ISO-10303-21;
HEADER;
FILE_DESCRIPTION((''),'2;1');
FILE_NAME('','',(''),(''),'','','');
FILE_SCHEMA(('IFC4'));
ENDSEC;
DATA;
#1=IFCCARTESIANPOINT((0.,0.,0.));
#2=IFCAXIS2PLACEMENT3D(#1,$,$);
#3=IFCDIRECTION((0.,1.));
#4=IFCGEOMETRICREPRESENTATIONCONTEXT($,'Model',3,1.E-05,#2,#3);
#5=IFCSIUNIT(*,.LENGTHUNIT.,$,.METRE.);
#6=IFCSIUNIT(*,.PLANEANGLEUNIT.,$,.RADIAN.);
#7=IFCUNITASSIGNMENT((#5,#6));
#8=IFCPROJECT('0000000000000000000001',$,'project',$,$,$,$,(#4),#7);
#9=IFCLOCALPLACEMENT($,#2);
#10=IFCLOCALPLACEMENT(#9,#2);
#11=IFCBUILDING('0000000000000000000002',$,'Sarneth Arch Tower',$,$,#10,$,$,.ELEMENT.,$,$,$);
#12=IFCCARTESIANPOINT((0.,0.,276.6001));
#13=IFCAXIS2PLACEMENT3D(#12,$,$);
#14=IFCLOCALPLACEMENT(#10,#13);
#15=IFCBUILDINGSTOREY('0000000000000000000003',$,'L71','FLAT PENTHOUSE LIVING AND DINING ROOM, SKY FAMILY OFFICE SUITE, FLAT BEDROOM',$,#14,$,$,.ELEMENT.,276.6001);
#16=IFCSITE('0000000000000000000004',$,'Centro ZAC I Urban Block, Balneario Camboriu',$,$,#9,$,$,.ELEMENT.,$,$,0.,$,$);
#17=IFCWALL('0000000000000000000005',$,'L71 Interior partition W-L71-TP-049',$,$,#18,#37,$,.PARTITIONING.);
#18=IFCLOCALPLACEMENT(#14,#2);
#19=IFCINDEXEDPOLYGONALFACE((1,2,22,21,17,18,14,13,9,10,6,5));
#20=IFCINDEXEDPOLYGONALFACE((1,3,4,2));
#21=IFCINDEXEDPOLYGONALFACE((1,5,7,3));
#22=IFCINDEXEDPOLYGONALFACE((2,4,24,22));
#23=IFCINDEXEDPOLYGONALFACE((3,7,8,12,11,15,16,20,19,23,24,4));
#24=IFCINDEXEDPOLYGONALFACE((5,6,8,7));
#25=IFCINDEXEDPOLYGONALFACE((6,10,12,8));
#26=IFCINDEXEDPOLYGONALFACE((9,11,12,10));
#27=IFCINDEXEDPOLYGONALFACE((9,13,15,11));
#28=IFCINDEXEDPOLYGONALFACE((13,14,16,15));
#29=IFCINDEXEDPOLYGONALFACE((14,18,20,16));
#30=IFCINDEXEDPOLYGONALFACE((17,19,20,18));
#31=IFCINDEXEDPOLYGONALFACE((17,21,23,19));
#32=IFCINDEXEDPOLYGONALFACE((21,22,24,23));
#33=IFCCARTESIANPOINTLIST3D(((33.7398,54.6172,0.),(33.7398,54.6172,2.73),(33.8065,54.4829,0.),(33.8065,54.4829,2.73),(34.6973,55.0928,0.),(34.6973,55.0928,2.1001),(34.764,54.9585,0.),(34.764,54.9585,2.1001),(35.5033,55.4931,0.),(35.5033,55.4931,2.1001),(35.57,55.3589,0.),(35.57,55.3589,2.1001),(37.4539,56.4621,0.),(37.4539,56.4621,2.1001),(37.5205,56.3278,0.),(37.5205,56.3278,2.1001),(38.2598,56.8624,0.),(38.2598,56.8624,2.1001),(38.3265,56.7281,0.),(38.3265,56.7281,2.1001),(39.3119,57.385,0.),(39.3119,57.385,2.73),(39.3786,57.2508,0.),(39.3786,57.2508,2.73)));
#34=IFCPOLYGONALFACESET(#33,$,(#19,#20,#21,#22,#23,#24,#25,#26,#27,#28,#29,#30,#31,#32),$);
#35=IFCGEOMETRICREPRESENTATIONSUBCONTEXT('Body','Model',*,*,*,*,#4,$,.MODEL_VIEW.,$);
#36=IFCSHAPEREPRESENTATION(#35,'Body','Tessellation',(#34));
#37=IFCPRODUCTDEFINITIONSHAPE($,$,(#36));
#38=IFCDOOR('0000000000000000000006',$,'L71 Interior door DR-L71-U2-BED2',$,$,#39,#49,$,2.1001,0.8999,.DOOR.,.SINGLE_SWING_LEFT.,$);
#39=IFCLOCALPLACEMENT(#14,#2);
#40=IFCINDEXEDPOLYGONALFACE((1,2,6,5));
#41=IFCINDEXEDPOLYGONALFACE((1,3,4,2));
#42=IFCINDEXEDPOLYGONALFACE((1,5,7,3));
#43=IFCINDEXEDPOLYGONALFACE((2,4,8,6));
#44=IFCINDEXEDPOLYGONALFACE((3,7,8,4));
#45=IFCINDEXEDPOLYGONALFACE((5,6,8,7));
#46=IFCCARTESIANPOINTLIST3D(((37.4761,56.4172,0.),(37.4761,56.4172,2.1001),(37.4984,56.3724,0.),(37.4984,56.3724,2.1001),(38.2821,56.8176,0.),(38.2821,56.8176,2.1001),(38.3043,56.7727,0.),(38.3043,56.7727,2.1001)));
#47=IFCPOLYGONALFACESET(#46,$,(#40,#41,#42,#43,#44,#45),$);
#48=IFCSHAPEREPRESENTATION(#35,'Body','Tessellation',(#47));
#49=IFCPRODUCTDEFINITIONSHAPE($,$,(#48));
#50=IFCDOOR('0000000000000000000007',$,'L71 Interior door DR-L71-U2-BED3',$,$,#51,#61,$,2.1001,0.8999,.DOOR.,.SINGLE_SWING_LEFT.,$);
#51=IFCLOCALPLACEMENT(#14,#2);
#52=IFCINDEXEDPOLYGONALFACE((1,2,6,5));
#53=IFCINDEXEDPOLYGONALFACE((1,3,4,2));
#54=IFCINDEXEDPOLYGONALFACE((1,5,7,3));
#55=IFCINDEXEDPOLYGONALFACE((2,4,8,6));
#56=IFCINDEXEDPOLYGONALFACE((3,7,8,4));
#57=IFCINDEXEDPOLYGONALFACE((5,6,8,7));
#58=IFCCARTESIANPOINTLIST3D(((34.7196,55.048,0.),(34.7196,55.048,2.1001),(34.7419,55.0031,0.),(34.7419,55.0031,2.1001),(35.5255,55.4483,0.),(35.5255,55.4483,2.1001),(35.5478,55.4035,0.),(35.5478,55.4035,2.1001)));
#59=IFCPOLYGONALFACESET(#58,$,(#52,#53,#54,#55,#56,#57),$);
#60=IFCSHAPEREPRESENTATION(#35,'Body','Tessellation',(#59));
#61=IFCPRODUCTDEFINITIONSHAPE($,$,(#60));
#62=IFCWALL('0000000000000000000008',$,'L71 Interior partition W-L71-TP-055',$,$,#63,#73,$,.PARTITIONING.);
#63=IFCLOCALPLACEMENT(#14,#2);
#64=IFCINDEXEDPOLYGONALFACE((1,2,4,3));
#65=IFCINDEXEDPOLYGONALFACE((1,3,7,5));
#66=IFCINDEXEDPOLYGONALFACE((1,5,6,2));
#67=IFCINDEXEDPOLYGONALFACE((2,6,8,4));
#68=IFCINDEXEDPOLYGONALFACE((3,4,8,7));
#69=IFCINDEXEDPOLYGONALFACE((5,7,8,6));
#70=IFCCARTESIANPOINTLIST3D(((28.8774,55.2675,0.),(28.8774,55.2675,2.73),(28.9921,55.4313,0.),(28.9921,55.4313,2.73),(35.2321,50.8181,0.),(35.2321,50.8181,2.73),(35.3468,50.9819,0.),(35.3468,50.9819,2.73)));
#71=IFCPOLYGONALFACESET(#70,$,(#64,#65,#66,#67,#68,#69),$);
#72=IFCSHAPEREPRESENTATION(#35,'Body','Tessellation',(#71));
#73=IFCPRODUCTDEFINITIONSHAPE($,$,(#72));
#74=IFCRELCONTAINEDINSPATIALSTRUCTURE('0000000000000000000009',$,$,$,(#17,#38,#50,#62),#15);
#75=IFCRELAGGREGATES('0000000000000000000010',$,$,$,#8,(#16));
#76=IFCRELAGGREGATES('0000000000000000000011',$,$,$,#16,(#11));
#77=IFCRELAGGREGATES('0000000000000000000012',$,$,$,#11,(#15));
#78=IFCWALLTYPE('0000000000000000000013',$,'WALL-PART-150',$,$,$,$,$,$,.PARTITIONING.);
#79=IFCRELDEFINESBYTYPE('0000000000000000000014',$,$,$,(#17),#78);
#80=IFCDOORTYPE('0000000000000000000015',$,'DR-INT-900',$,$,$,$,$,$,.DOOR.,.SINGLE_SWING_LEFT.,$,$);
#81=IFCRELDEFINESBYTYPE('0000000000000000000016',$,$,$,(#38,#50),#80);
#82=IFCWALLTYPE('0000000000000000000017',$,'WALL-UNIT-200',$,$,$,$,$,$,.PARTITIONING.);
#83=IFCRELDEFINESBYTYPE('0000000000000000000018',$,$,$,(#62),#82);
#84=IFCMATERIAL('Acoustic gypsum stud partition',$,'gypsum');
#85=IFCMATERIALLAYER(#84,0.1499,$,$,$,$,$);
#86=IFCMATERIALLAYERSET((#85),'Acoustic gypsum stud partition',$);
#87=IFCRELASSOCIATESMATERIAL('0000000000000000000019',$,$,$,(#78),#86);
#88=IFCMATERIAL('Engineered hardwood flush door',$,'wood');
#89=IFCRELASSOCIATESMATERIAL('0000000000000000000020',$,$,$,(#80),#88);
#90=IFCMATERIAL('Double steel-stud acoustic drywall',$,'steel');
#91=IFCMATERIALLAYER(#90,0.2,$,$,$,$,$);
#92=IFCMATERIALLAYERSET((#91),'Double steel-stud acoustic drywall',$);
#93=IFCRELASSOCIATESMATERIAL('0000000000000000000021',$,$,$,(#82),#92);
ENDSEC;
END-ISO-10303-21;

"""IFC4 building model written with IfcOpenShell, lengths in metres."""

from ifc_helpers import new_model, si_unit, direction, frame, frame_2d, origin, place, context, subcontext, project, spatial, rectangle, extrude, material, layer, layer_set, type_object, element, fill, save


model = new_model("IFC4")

# Units and contexts
model_context = context("Model", 3, precision=1e-05, world=origin(), true_north=direction((0.0, 1.0)))
body_context = subcontext(model_context, "Body", "Model", "MODEL_VIEW")
ifc_project = project(units=[si_unit("LENGTHUNIT", "METRE"), si_unit("PLANEANGLEUNIT", "RADIAN")], contexts=[model_context])

# Site, building, storey
site_placement = place(None, origin())
site = spatial("IfcSite", under=ifc_project, at=site_placement, Name="Centro ZAC I Urban Block, Balneario Camboriu", CompositionType="ELEMENT", RefElevation=0.0)
building_placement = place(site_placement, origin())
building = spatial("IfcBuilding", under=site, at=building_placement, Name="Sarneth Arch Tower", CompositionType="ELEMENT")
storey_placement = place(building_placement, frame((0.0, 0.0, 276.6001)))
storey = spatial("IfcBuildingStorey", under=building, at=storey_placement, Name="L71", Description="FLAT PENTHOUSE LIVING AND DINING ROOM, SKY FAMILY OFFICE SUITE, FLAT BEDROOM", CompositionType="ELEMENT", Elevation=276.6001)

# Wall, openings, doors
ifc_material_1 = material(Name="Acoustic gypsum stud partition", Category="gypsum")
ifc_layer_1 = layer(ifc_material_1, 0.1499)
ifc_layer_set_1 = layer_set([ifc_layer_1], Name="Acoustic gypsum stud partition")
wall_type_1 = type_object("IfcWallType", Name="WALL-PART-150", PredefinedType="PARTITIONING", material=ifc_layer_set_1)
wall_1_placement = place(storey_placement, frame((33.7732, 54.55, 0.0), z_axis=(0.0, 0.0, 1.0), x_axis=(0.895594, 0.444873, 0.0)))
wall_1 = element("IfcWall", 1, at=wall_1_placement, inside=storey, type_object=wall_type_1, Name="L71 Interior partition W-L71-TP-049", PredefinedType="PARTITIONING", context=body_context, shape_type="SweptSolid", body=[
    extrude(rectangle(XDim=6.2217, YDim=0.1499, at=frame_2d((3.1108, 0.0))), origin(), (0.0, 0.0, 1.0), 2.73),
])
opening_1_placement = place(wall_1_placement, frame((4.147, 0.0, 0.0)))
opening_1 = element("IfcOpeningElement", 2, at=opening_1_placement, cuts=wall_1, PredefinedType="OPENING", context=body_context, shape_type="SweptSolid", body=[
    extrude(rectangle(XDim=0.8999, YDim=2.1001, at=frame_2d((0.45, 1.05))), frame((0.0, 0.085, 0.0), z_axis=(0.0, -1.0, 0.0), x_axis=(1.0, 0.0, 0.0)), (0.0, 0.0, 1.0), 0.1699),
])
opening_2_placement = place(wall_1_placement, frame((1.0691, 0.0, 0.0)))
opening_2 = element("IfcOpeningElement", 3, at=opening_2_placement, cuts=wall_1, PredefinedType="OPENING", context=body_context, shape_type="SweptSolid", body=[
    extrude(rectangle(XDim=0.8999, YDim=2.1001, at=frame_2d((0.45, 1.05))), frame((0.0, 0.085, 0.0), z_axis=(0.0, -1.0, 0.0), x_axis=(1.0, 0.0, 0.0)), (0.0, 0.0, 1.0), 0.1699),
])
ifc_material_2 = material(Name="Engineered hardwood flush door", Category="wood")
door_type_1 = type_object("IfcDoorType", Name="DR-INT-900", OperationType="SINGLE_SWING_LEFT", PredefinedType="DOOR", material=ifc_material_2)
door_1_placement = place(opening_1_placement, origin())
door_1 = element("IfcDoor", 4, at=door_1_placement, inside=storey, type_object=door_type_1, Name="L71 Interior door DR-L71-U2-BED2", OperationType="SINGLE_SWING_LEFT", OverallHeight=2.1001, OverallWidth=0.8999, PredefinedType="DOOR", context=body_context, shape_type="SweptSolid", body=[
    extrude(rectangle(XDim=0.8999, YDim=2.1001, at=frame_2d((0.45, 1.05))), frame((0.0, 0.0249, 0.0), z_axis=(0.0, -1.0, 0.0), x_axis=(1.0, 0.0, 0.0)), (0.0, 0.0, 1.0), 0.05),
])
fill(opening_1, door_1)
door_2_placement = place(opening_2_placement, origin())
door_2 = element("IfcDoor", 5, at=door_2_placement, inside=storey, type_object=door_type_1, Name="L71 Interior door DR-L71-U2-BED3", OperationType="SINGLE_SWING_LEFT", OverallHeight=2.1001, OverallWidth=0.8999, PredefinedType="DOOR", context=body_context, shape_type="SweptSolid", body=[
    extrude(rectangle(XDim=0.8999, YDim=2.1001, at=frame_2d((0.45, 1.05))), frame((0.0, 0.0249, 0.0), z_axis=(0.0, -1.0, 0.0), x_axis=(1.0, 0.0, 0.0)), (0.0, 0.0, 1.0), 0.05),
])
fill(opening_2, door_2)

# Wall
ifc_material_3 = material(Name="Double steel-stud acoustic drywall", Category="steel")
ifc_layer_2 = layer(ifc_material_3, 0.2)
ifc_layer_set_2 = layer_set([ifc_layer_2], Name="Double steel-stud acoustic drywall")
wall_type_2 = type_object("IfcWallType", Name="WALL-UNIT-200", PredefinedType="PARTITIONING", material=ifc_layer_set_2)
wall_2_placement = place(storey_placement, frame((35.2896, 50.8999, 0.0), z_axis=(0.0, 0.0, 1.0), x_axis=(-0.819162, 0.573562, 0.0)))
element("IfcWall", 6, at=wall_2_placement, inside=storey, type_object=wall_type_2, Name="L71 Interior partition W-L71-TP-055", PredefinedType="PARTITIONING", context=body_context, shape_type="SweptSolid", body=[
    extrude(rectangle(XDim=7.7576, YDim=0.2, at=frame_2d((3.8789, 0.0))), origin(), (0.0, 0.0, 1.0), 2.73),
])

save(model, "model.ifc")
